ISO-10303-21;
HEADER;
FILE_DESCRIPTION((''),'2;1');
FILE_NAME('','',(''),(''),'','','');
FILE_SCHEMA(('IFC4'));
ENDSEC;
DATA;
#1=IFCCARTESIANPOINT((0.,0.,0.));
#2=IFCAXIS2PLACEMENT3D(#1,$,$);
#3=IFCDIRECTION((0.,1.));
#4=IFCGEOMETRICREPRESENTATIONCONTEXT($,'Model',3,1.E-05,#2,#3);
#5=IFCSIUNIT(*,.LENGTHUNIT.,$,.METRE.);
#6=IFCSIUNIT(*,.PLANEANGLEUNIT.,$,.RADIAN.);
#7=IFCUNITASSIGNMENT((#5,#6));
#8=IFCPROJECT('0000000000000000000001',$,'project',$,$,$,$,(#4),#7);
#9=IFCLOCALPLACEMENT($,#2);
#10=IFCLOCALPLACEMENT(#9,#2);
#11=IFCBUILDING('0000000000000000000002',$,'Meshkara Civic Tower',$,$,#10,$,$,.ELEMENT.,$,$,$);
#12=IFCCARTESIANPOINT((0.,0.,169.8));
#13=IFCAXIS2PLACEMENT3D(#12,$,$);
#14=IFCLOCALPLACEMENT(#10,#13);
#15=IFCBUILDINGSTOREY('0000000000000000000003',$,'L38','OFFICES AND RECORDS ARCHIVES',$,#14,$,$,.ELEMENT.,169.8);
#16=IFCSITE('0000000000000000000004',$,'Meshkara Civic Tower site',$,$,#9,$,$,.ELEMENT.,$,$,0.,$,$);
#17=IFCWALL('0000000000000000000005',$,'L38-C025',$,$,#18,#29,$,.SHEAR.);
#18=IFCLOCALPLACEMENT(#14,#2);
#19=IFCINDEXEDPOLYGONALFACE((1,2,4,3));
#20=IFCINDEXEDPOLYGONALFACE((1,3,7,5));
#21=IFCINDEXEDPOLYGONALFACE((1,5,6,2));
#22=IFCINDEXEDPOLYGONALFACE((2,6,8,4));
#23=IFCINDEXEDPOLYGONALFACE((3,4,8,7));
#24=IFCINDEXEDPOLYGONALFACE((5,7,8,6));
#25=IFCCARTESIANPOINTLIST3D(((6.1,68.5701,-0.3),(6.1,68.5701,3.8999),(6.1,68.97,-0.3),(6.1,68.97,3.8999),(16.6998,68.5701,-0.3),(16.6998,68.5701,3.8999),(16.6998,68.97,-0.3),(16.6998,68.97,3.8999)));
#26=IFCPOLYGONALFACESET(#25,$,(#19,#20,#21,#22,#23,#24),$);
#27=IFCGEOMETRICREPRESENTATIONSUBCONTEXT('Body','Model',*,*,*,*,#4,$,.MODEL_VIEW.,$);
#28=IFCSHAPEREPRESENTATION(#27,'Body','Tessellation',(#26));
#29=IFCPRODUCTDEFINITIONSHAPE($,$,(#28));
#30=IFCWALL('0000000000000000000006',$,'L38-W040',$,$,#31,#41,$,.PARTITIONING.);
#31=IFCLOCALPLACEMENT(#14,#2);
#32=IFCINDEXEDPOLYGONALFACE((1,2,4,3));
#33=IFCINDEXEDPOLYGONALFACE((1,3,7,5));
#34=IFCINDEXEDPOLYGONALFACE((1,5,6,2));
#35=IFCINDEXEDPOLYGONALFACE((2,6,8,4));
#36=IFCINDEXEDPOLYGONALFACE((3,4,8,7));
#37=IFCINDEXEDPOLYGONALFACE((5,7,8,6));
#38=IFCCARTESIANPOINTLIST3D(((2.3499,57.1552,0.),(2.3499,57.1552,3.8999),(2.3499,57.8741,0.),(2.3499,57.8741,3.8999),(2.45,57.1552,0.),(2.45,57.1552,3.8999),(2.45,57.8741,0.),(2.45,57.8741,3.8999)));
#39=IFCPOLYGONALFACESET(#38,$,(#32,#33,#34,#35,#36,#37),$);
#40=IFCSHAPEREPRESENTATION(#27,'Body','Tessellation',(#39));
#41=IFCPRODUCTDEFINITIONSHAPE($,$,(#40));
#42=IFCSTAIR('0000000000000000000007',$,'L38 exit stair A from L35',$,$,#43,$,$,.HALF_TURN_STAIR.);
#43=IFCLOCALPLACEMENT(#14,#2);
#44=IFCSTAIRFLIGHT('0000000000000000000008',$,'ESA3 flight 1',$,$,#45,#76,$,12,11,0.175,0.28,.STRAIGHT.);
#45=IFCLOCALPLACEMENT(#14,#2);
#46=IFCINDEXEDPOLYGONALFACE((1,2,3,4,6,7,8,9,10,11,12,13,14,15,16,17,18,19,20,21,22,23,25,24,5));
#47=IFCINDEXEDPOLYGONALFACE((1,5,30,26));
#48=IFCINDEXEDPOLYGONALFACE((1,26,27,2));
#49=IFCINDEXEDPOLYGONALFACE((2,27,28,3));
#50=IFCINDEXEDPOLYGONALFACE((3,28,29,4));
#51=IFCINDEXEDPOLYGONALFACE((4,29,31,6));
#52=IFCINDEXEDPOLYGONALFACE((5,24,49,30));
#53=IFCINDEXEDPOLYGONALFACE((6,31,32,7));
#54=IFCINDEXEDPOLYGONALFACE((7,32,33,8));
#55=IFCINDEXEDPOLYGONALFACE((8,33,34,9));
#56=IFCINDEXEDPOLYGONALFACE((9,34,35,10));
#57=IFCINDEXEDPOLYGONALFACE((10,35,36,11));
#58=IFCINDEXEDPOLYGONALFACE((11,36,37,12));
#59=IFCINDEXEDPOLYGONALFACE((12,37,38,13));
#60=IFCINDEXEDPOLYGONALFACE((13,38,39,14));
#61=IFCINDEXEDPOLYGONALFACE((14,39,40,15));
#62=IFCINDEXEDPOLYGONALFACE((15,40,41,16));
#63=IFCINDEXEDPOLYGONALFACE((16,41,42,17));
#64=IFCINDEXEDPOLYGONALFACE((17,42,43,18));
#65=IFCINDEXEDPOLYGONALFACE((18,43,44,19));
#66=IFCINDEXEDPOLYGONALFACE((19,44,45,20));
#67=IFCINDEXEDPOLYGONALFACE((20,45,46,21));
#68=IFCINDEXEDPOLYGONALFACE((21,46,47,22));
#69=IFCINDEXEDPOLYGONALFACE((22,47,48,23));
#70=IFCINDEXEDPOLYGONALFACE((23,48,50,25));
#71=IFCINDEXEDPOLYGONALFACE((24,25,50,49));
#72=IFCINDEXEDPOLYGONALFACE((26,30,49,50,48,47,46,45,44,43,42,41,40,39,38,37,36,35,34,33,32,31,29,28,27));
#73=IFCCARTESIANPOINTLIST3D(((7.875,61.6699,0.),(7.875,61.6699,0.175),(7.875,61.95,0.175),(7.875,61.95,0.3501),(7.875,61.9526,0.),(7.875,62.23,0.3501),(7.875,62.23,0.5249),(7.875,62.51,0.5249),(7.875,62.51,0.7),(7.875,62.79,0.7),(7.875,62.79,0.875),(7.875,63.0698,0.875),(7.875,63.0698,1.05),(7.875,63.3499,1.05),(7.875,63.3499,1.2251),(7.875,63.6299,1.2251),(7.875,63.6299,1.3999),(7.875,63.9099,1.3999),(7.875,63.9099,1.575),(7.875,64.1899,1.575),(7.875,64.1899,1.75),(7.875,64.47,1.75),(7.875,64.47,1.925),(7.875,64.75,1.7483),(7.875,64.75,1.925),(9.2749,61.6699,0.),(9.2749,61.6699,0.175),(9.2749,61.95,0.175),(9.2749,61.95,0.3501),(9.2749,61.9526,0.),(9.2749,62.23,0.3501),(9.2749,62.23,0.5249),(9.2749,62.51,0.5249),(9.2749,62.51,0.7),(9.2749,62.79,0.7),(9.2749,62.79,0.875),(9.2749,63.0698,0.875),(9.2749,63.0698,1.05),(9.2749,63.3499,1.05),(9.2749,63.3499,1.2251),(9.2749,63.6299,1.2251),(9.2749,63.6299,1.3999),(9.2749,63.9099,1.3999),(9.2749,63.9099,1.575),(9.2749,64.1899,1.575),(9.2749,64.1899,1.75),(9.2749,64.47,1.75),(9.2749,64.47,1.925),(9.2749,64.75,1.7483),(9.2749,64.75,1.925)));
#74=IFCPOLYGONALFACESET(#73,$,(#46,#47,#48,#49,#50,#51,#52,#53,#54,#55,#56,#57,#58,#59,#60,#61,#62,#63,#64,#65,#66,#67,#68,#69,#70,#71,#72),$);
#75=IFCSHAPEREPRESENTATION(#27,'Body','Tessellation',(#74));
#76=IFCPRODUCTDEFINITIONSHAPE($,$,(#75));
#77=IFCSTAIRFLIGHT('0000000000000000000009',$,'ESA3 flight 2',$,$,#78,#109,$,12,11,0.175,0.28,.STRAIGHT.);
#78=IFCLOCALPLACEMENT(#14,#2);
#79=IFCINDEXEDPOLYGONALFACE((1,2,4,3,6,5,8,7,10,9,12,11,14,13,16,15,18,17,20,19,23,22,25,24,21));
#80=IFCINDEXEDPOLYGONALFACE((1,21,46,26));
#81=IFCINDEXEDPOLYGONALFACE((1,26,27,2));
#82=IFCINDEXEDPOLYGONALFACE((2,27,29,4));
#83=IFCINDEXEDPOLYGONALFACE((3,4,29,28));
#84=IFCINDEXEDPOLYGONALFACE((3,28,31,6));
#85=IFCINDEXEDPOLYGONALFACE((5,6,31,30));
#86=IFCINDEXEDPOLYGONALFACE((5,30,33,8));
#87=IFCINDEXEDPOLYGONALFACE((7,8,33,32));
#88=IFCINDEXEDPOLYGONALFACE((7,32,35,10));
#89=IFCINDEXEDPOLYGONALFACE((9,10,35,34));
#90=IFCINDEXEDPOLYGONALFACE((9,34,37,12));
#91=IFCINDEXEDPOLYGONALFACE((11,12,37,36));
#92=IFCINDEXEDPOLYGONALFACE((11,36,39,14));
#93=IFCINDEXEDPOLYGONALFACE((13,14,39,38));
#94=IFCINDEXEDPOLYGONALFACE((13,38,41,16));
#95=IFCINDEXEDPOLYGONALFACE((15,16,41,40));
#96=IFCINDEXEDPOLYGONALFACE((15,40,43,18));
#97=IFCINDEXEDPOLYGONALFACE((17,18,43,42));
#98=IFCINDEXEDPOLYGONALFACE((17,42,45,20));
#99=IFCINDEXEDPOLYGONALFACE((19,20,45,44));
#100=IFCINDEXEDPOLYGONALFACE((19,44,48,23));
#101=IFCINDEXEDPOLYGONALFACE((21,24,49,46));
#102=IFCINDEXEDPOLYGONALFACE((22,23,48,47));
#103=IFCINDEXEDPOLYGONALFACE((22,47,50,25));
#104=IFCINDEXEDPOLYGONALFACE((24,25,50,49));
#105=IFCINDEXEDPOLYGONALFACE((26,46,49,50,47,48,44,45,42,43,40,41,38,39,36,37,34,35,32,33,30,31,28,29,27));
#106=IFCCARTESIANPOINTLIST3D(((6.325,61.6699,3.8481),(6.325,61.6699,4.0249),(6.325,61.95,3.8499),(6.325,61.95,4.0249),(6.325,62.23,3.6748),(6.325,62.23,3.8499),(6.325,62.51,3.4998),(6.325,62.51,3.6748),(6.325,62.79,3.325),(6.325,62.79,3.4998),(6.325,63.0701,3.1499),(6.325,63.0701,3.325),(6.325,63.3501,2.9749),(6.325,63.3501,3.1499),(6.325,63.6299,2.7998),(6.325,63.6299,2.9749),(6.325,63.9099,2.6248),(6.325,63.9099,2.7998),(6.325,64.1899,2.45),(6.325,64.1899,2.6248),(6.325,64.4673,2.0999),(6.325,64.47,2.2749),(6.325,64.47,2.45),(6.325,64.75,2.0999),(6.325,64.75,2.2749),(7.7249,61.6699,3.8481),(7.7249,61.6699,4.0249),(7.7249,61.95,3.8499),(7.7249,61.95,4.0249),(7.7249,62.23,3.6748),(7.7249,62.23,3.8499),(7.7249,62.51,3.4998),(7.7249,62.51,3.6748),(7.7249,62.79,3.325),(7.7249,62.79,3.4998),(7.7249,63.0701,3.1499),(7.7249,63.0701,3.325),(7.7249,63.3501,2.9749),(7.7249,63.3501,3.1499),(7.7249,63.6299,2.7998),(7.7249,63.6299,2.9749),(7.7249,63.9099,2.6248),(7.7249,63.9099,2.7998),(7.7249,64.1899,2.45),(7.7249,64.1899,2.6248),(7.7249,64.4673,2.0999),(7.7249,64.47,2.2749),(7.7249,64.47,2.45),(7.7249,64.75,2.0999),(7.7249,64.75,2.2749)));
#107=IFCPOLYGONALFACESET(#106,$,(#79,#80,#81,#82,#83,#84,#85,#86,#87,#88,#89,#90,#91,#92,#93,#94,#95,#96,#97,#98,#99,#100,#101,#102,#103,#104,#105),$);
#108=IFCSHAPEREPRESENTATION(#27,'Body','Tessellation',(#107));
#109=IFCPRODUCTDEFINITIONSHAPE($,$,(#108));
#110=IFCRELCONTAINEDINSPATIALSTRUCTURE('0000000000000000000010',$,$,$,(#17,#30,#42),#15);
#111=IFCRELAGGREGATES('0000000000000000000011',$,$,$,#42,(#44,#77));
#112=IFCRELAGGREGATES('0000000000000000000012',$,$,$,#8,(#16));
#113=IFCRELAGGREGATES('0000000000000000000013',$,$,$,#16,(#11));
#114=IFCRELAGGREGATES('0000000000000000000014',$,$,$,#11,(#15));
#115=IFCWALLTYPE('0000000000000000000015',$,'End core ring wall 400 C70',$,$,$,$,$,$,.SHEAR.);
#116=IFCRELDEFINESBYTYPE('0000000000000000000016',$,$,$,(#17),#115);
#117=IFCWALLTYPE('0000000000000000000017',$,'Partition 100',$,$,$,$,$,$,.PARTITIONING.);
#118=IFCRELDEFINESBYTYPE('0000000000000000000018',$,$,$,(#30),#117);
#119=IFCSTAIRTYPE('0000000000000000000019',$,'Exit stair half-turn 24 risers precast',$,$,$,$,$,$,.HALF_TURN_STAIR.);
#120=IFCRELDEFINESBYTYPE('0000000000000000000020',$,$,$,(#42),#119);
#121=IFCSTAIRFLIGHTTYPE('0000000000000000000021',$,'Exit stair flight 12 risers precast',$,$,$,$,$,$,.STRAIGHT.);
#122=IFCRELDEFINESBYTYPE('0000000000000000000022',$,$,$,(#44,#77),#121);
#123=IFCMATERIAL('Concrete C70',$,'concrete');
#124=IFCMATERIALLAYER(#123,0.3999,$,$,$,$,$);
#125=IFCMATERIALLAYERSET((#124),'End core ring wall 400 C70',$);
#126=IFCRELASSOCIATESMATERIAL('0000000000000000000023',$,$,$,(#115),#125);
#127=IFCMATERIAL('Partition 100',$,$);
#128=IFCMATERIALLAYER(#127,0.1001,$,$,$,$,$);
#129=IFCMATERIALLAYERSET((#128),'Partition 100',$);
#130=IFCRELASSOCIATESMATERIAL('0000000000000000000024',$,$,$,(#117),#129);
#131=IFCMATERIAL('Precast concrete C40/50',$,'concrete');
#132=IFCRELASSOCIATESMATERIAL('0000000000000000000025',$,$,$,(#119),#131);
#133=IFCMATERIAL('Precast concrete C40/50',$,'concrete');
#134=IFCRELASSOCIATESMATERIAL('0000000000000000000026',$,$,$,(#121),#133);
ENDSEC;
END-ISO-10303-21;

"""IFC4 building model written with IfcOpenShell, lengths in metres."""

from ifc_helpers import new_model, si_unit, direction, frame, frame_2d, origin, place, context, subcontext, project, spatial, polyline, rectangle, outline, extrude, material, layer, layer_set, type_object, element, aggregate, save


model = new_model("IFC4")

# Units and contexts
model_context = context("Model", 3, precision=1e-05, world=origin(), true_north=direction((0.0, 1.0)))
body_context = subcontext(model_context, "Body", "Model", "MODEL_VIEW")
ifc_project = project(units=[si_unit("LENGTHUNIT", "METRE"), si_unit("PLANEANGLEUNIT", "RADIAN")], contexts=[model_context])

# Site, building, storey
site_placement = place(None, origin())
site = spatial("IfcSite", under=ifc_project, at=site_placement, Name="Meshkara Civic Tower site", CompositionType="ELEMENT", RefElevation=0.0)
building_placement = place(site_placement, origin())
building = spatial("IfcBuilding", under=site, at=building_placement, Name="Meshkara Civic Tower", CompositionType="ELEMENT")
storey_placement = place(building_placement, frame((0.0, 0.0, 169.8)))
storey = spatial("IfcBuildingStorey", under=building, at=storey_placement, Name="L38", Description="OFFICES AND RECORDS ARCHIVES", CompositionType="ELEMENT", Elevation=169.8)

# Shared definitions
ifc_material_1 = material(Name="Concrete C70", Category="concrete")
ifc_layer_1 = layer(ifc_material_1, 0.3999)
ifc_layer_set_1 = layer_set([ifc_layer_1], Name="End core ring wall 400 C70")
wall_type_1 = type_object("IfcWallType", Name="End core ring wall 400 C70", PredefinedType="SHEAR", material=ifc_layer_set_1)

# Walls
wall_1_placement = place(storey_placement, frame((6.1001, 68.77, -0.3), z_axis=(0.0, 0.0, 1.0), x_axis=(1.0, 0.0, 0.0)))
element("IfcWall", 1, at=wall_1_placement, inside=storey, type_object=wall_type_1, Name="L38-C025", PredefinedType="SHEAR", context=body_context, shape_type="SweptSolid", body=[
    extrude(rectangle(XDim=10.5999, YDim=0.3999, at=frame_2d((5.2998, 0.0))), origin(), (0.0, 0.0, 1.0), 4.2),
])
ifc_material_2 = material(Name="Partition 100")
ifc_layer_2 = layer(ifc_material_2, 0.1001)
ifc_layer_set_2 = layer_set([ifc_layer_2], Name="Partition 100")
wall_type_2 = type_object("IfcWallType", Name="Partition 100", PredefinedType="PARTITIONING", material=ifc_layer_set_2)
wall_2_placement = place(storey_placement, frame((2.3999, 57.874, 0.0), z_axis=(0.0, 0.0, 1.0), x_axis=(0.0, -1.0, 0.0)))
element("IfcWall", 2, at=wall_2_placement, inside=storey, type_object=wall_type_2, Name="L38-W040", PredefinedType="PARTITIONING", context=body_context, shape_type="SweptSolid", body=[
    extrude(rectangle(XDim=0.719, YDim=0.1001, at=frame_2d((0.3594, 0.0))), origin(), (0.0, 0.0, 1.0), 3.8999),
])

# Stair, stair flights
ifc_material_3 = material(Name="Precast concrete C40/50", Category="concrete")
stair_type = type_object("IfcStairType", Name="Exit stair half-turn 24 risers precast", PredefinedType="HALF_TURN_STAIR", material=ifc_material_3)
stair_placement = place(storey_placement, origin())
stair = element("IfcStair", 3, at=stair_placement, inside=storey, type_object=stair_type, Name="L38 exit stair A from L35", PredefinedType="HALF_TURN_STAIR")
ifc_material_4 = material(Name="Precast concrete C40/50", Category="concrete")
stair_flight_type = type_object("IfcStairFlightType", Name="Exit stair flight 12 risers precast", PredefinedType="STRAIGHT", material=ifc_material_4)
stair_flight_1_placement = place(storey_placement, frame((8.575, 61.6699, 0.0), z_axis=(0.0, 0.0, 1.0), x_axis=(0.0, 1.0, 0.0)))
stair_flight_1 = element("IfcStairFlight", 4, at=stair_flight_1_placement, type_object=stair_flight_type, Name="ESA3 flight 1", NumberOfRisers=12, NumberOfTreads=11, PredefinedType="STRAIGHT", RiserHeight=0.175, TreadLength=0.28, context=body_context, shape_type="SweptSolid", body=[
    extrude(outline(polyline([(0.0, 0.0), (0.0, 0.175), (0.28, 0.175), (0.28, 0.3501), (0.5601, 0.3501), (0.5601, 0.5249), (0.8401, 0.5249), (0.8401, 0.7), (1.1201, 0.7), (1.1201, 0.875), (1.3999, 0.875), (1.3999, 1.05), (1.6799, 1.05), (1.6799, 1.2251), (1.96, 1.2251), (1.96, 1.3999), (2.24, 1.3999), (2.24, 1.575), (2.52, 1.575), (2.52, 1.75), (2.8, 1.75), (2.8, 1.925), (3.0801, 1.925), (3.0801, 2.1001), (3.0801, 1.7483), (0.2827, 0.0), (0.0, 0.0)])), frame((0.0, 0.7, 0.0), z_axis=(0.0, -1.0, 0.0), x_axis=(1.0, 0.0, 0.0)), (0.0, 0.0, 1.0), 1.3999),
])
stair_flight_2_placement = place(storey_placement, frame((7.0249, 64.75, 2.0999), z_axis=(0.0, 0.0, 1.0), x_axis=(0.0, -1.0, 0.0)))
stair_flight_2 = element("IfcStairFlight", 5, at=stair_flight_2_placement, type_object=stair_flight_type, Name="ESA3 flight 2", NumberOfRisers=12, NumberOfTreads=11, PredefinedType="STRAIGHT", RiserHeight=0.175, TreadLength=0.28, context=body_context, shape_type="SweptSolid", body=[
    extrude(outline(polyline([(0.0, 0.0), (0.0, 0.175), (0.28, 0.175), (0.28, 0.3501), (0.5601, 0.3501), (0.5601, 0.5249), (0.8401, 0.5249), (0.8401, 0.7), (1.1201, 0.7), (1.1201, 0.875), (1.3999, 0.875), (1.3999, 1.05), (1.6799, 1.05), (1.6799, 1.2251), (1.96, 1.2251), (1.96, 1.3999), (2.24, 1.3999), (2.24, 1.575), (2.52, 1.575), (2.52, 1.75), (2.8, 1.75), (2.8, 1.925), (3.0801, 1.925), (3.0801, 2.1001), (3.0801, 1.7483), (0.2827, 0.0), (0.0, 0.0)])), frame((0.0, 0.7, 0.0), z_axis=(0.0, -1.0, 0.0), x_axis=(1.0, 0.0, 0.0)), (0.0, 0.0, 1.0), 1.3999),
])
aggregate(stair, [stair_flight_1, stair_flight_2])

save(model, "model.ifc")
